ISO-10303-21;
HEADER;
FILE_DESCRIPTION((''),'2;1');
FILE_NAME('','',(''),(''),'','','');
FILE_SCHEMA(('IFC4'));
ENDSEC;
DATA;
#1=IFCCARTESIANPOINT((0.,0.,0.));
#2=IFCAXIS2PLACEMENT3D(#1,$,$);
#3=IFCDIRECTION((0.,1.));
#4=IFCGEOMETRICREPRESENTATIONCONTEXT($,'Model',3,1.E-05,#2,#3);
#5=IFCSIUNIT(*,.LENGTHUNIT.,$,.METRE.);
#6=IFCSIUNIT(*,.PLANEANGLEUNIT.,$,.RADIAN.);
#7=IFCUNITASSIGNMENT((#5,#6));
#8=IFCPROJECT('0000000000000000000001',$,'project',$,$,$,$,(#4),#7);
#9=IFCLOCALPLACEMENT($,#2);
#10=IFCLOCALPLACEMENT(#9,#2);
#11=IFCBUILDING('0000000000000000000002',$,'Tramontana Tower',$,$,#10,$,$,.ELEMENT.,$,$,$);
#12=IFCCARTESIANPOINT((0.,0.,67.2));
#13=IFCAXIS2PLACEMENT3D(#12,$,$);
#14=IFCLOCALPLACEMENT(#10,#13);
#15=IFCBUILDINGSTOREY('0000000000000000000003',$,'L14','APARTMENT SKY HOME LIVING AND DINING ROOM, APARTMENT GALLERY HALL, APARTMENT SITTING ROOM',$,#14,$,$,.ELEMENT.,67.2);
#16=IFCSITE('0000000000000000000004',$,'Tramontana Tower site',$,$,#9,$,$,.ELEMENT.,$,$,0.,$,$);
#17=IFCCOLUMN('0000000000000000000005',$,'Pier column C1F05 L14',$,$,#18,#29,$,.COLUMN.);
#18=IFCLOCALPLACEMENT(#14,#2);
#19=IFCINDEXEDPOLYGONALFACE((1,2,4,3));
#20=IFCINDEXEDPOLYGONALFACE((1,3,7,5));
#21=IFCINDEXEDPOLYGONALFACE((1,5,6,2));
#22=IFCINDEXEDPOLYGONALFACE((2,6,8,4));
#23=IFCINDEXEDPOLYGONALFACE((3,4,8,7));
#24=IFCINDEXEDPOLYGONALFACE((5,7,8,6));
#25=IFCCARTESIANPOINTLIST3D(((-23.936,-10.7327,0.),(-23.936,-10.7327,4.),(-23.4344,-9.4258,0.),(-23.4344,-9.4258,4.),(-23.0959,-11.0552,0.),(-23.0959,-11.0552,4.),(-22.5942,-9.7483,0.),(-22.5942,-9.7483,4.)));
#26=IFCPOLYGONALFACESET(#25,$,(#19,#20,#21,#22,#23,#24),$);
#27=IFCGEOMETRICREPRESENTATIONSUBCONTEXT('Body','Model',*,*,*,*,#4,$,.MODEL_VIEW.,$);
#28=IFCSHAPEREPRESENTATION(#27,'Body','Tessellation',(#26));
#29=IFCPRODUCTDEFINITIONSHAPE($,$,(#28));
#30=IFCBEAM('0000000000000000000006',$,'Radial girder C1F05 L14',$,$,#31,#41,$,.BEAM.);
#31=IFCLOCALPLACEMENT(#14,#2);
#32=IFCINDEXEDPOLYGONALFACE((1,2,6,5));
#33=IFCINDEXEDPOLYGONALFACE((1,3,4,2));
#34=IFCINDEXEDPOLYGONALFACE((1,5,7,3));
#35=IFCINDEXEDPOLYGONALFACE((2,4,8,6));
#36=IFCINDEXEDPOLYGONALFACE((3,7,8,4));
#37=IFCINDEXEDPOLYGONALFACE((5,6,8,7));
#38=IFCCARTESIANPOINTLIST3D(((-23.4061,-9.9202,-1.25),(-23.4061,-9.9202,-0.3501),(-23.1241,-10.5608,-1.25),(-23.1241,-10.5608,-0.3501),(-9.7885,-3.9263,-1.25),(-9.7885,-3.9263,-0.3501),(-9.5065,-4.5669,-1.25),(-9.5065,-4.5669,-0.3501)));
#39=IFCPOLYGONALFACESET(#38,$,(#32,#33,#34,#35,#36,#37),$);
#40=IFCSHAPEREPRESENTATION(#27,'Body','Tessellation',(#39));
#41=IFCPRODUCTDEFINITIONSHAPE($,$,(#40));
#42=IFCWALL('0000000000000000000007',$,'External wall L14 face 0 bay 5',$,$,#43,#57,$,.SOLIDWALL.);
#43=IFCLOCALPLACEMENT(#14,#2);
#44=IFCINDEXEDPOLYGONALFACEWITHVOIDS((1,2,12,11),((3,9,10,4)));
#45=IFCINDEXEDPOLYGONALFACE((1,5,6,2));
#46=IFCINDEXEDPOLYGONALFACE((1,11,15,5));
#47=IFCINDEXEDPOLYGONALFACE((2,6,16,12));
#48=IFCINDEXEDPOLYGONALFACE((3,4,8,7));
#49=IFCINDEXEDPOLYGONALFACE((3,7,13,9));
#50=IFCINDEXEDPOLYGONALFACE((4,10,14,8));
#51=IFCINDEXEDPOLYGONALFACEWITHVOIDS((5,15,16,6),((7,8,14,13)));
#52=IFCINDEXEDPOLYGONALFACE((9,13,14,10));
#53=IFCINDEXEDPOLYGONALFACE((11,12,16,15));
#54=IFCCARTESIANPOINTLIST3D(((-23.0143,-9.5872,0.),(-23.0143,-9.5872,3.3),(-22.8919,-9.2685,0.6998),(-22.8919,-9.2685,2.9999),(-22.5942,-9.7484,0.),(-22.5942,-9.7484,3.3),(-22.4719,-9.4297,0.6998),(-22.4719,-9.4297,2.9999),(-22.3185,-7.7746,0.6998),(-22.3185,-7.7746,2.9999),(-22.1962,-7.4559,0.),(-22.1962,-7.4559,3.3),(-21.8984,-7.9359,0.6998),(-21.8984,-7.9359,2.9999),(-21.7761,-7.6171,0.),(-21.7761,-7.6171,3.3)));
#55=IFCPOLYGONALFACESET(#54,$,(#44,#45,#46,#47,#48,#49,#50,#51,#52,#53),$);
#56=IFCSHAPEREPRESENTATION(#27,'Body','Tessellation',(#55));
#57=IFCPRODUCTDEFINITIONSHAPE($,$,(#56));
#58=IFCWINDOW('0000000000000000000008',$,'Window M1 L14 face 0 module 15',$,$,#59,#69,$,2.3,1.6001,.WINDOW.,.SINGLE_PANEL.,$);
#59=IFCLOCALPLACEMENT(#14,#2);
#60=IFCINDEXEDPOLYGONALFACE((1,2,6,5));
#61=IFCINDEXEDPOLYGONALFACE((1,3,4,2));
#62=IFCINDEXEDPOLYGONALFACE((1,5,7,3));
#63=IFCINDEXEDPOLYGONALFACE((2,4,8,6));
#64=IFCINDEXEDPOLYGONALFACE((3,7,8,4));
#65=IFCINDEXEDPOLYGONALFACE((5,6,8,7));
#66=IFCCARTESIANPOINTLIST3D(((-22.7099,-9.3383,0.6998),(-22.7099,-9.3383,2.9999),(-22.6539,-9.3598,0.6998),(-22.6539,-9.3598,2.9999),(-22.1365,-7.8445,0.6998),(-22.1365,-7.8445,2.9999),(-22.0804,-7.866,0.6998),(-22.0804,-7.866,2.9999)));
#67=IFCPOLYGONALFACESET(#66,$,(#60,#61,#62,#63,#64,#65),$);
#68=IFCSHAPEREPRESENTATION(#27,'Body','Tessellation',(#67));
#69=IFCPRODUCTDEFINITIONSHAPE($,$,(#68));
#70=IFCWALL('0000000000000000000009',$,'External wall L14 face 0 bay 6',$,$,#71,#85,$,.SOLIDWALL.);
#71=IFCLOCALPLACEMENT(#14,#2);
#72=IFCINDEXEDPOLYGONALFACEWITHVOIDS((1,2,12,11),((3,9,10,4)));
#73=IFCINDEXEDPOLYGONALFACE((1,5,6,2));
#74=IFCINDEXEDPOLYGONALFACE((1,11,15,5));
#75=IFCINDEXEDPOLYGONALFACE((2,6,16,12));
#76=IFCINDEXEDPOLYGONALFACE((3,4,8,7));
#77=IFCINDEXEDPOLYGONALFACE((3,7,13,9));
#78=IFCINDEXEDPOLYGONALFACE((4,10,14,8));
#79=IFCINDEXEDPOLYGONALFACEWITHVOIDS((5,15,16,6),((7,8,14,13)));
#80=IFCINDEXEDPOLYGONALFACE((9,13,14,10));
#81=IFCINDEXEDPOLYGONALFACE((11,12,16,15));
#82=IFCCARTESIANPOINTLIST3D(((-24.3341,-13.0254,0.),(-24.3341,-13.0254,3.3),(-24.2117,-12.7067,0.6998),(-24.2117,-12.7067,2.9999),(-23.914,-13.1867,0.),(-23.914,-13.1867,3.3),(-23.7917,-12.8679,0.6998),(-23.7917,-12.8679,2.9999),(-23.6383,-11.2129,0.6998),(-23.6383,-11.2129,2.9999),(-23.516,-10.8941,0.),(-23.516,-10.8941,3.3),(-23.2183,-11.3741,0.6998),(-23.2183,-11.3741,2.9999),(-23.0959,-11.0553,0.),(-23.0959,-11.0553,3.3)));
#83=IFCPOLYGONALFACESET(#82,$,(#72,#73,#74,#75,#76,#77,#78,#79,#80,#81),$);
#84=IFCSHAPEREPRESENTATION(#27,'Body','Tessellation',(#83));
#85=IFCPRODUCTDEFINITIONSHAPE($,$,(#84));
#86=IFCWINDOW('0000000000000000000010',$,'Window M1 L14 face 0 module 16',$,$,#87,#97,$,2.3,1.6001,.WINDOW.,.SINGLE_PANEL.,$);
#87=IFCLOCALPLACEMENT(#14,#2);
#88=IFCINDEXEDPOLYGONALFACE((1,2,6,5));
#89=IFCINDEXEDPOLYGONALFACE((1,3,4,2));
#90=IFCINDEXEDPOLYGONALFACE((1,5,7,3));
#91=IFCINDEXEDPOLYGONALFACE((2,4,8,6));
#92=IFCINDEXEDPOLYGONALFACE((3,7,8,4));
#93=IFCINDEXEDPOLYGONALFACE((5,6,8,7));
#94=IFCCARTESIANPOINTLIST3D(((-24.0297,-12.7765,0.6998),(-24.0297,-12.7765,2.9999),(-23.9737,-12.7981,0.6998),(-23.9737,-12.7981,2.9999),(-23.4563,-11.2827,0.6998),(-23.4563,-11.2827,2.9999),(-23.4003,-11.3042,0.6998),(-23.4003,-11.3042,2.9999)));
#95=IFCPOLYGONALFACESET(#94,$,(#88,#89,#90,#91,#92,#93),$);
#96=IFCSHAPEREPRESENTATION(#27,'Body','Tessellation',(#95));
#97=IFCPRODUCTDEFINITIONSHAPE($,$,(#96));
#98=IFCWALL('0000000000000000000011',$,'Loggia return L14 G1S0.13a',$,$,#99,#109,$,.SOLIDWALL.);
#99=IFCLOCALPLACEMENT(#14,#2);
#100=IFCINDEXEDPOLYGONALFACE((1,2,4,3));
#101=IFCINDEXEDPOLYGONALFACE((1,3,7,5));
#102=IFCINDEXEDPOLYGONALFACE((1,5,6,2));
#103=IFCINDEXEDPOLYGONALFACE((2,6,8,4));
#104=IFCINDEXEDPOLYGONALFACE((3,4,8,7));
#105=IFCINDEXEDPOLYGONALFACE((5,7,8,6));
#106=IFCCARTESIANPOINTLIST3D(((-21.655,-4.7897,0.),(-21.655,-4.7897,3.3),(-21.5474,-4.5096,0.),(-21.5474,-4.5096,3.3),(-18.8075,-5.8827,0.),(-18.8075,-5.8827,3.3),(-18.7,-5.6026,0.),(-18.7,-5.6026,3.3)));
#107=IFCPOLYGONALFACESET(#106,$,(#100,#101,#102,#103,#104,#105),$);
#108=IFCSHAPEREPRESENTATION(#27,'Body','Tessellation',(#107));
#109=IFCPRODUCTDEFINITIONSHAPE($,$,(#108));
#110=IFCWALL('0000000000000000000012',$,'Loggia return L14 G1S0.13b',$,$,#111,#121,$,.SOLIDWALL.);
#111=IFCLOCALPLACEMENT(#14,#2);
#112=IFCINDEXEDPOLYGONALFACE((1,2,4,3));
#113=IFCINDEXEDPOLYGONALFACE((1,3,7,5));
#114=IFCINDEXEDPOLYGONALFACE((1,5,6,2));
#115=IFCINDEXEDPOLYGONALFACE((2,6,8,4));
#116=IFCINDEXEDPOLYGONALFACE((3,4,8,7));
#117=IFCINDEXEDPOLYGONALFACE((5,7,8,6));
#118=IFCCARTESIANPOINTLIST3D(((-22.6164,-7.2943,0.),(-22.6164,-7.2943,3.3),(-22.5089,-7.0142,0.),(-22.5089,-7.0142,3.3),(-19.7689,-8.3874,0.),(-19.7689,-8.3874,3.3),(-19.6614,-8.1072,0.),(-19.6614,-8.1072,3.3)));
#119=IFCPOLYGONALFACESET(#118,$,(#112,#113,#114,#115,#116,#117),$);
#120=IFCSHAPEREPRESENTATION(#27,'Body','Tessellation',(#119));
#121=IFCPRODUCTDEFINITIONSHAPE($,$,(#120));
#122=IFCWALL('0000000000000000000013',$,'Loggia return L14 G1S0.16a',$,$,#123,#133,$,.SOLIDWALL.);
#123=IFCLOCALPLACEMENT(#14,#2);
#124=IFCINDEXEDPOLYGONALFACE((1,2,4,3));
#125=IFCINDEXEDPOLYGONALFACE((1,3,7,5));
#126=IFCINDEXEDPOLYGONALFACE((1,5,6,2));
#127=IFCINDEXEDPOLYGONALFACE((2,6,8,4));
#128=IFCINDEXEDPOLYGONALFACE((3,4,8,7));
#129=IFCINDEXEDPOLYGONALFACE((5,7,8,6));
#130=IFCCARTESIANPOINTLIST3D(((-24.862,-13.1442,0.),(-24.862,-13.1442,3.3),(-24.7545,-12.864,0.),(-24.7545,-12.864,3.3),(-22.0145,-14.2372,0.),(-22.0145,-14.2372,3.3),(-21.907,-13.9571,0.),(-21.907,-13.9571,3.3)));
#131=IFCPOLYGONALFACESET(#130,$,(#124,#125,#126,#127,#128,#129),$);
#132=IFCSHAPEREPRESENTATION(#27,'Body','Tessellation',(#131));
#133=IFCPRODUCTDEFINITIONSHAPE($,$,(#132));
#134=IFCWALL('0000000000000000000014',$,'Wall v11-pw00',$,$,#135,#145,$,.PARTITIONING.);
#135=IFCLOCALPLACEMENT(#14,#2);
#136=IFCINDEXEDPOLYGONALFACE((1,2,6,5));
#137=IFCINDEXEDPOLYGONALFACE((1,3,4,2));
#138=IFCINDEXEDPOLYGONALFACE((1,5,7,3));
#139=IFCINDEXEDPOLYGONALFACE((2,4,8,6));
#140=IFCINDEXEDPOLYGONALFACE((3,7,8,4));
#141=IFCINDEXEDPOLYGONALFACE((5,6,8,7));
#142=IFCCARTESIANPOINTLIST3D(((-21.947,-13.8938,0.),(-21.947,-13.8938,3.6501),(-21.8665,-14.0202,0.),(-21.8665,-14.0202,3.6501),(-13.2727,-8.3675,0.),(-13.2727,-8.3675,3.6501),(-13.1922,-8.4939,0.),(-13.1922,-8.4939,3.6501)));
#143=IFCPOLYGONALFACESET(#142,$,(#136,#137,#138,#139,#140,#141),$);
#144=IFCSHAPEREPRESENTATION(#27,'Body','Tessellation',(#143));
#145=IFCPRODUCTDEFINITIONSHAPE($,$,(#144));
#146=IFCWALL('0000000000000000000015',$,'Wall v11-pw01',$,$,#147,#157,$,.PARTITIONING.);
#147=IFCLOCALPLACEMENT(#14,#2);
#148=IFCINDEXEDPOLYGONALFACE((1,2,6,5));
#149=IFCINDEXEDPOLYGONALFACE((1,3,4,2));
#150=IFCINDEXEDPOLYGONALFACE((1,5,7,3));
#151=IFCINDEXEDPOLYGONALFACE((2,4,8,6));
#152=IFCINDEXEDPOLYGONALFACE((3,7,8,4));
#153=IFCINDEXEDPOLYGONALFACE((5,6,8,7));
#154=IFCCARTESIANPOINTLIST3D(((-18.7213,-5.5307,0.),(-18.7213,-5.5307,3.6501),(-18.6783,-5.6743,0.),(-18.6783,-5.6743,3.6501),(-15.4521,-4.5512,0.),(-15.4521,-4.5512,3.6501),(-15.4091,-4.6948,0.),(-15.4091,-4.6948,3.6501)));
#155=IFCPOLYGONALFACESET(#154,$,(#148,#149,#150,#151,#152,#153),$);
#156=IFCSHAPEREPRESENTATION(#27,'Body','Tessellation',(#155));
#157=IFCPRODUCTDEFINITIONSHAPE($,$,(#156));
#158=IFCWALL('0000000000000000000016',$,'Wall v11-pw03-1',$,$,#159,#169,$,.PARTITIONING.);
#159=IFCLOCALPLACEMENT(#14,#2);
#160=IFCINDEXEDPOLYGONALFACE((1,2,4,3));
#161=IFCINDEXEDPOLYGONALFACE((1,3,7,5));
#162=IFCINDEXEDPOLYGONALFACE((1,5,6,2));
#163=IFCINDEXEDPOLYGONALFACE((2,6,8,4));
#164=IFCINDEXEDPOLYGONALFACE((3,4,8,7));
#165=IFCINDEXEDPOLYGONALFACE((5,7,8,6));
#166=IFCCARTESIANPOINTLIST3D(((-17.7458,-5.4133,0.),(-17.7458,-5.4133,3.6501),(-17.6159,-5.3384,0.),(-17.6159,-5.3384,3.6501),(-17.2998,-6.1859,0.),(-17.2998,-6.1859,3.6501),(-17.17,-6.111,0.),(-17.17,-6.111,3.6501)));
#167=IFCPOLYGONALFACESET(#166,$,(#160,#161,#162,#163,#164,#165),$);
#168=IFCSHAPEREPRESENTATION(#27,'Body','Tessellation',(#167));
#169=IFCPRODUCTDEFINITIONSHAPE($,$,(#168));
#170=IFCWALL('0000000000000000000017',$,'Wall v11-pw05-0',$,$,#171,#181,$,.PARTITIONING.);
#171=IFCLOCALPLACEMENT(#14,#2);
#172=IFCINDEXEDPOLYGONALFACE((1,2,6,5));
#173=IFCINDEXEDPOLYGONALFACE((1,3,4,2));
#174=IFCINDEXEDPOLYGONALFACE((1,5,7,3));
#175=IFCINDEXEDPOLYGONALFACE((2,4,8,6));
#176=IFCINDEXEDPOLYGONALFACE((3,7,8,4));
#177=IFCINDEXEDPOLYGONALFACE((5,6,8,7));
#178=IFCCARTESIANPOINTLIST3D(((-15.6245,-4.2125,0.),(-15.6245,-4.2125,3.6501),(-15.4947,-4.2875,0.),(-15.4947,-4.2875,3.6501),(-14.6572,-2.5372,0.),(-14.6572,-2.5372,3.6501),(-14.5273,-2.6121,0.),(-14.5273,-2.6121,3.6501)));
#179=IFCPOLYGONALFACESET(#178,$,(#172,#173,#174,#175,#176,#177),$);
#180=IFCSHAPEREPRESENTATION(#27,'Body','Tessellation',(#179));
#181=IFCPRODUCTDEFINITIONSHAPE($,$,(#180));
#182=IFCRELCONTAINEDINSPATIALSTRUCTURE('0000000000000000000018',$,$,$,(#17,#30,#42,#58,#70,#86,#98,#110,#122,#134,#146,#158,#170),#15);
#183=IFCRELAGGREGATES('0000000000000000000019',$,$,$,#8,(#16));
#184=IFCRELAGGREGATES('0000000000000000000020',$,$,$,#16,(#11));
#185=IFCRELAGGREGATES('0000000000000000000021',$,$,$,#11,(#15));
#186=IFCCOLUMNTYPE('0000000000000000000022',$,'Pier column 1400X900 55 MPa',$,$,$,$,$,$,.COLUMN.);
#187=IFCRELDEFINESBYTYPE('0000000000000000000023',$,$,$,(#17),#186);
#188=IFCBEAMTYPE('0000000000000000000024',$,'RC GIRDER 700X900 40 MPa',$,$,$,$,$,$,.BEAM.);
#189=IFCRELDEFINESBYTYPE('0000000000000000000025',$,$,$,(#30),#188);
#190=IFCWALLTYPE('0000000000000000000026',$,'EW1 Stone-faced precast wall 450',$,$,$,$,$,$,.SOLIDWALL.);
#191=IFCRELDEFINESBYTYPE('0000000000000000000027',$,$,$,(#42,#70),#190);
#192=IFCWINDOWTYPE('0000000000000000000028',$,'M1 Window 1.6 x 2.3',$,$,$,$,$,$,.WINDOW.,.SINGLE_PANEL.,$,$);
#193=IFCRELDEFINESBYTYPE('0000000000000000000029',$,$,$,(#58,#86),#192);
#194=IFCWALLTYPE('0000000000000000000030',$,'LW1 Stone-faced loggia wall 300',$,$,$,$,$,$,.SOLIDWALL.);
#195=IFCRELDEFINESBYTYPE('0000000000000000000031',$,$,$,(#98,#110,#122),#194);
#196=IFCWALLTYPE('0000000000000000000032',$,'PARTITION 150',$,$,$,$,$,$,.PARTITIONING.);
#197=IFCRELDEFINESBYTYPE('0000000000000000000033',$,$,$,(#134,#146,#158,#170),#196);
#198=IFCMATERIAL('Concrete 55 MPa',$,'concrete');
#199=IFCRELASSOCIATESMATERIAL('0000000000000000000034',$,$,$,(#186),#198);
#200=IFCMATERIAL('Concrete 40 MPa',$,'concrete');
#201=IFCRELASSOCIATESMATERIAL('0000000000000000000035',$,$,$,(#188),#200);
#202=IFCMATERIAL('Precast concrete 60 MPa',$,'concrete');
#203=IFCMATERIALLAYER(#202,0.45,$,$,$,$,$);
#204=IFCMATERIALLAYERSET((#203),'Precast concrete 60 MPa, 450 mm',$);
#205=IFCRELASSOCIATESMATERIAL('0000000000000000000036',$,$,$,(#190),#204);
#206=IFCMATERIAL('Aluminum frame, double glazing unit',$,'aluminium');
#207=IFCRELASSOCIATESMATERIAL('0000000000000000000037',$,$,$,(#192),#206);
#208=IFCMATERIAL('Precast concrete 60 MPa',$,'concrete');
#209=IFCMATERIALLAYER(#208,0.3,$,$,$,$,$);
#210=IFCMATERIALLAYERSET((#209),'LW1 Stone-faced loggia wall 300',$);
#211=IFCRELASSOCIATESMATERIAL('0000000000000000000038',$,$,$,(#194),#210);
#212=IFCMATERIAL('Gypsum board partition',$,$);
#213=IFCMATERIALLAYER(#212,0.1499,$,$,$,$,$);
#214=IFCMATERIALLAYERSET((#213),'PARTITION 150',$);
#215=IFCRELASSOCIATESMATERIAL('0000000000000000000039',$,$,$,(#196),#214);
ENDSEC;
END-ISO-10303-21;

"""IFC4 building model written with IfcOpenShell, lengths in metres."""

from ifc_helpers import new_model, si_unit, direction, frame, frame_2d, origin, origin_2d, place, context, subcontext, project, spatial, rectangle, extrude, material, layer, layer_set, material_profile, profile_set, type_object, element, fill, save


model = new_model("IFC4")

# Units and contexts
model_context = context("Model", 3, precision=1e-05, world=origin(), true_north=direction((0.0, 1.0)))
body_context = subcontext(model_context, "Body", "Model", "MODEL_VIEW")
ifc_project = project(units=[si_unit("LENGTHUNIT", "METRE"), si_unit("PLANEANGLEUNIT", "RADIAN")], contexts=[model_context])

# Site, building, storey
site_placement = place(None, origin())
site = spatial("IfcSite", under=ifc_project, at=site_placement, Name="Tramontana Tower site", CompositionType="ELEMENT", RefElevation=0.0)
building_placement = place(site_placement, origin())
building = spatial("IfcBuilding", under=site, at=building_placement, Name="Tramontana Tower", CompositionType="ELEMENT")
storey_placement = place(building_placement, frame((0.0, 0.0, 67.2)))
storey = spatial("IfcBuildingStorey", under=building, at=storey_placement, Name="L14", Description="APARTMENT SKY HOME LIVING AND DINING ROOM, APARTMENT GALLERY HALL, APARTMENT SITTING ROOM", CompositionType="ELEMENT", Elevation=67.2)

# Column
ifc_material_1 = material(Name="Concrete 55 MPa", Category="concrete")
ifc_material_profile_1 = material_profile(ifc_material_1, rectangle(XDim=1.3999, YDim=0.8999, at=origin_2d()), Name="Pier column 1400X900 55 MPa")
ifc_profile_set_1 = profile_set([ifc_material_profile_1], Name="Concrete 55 MPa")
column_type = type_object("IfcColumnType", Name="Pier column 1400X900 55 MPa", PredefinedType="COLUMN", material=ifc_profile_set_1)
column_placement = place(storey_placement, frame((-23.2651, -10.2405, 0.0), z_axis=(0.0, 0.0, 1.0), x_axis=(-0.358368, -0.93358, 0.0)))
element("IfcColumn", 1, at=column_placement, inside=storey, type_object=column_type, Name="Pier column C1F05 L14", PredefinedType="COLUMN", context=body_context, shape_type="SweptSolid", body=[
    extrude(rectangle(XDim=1.3999, YDim=0.8999, at=origin_2d()), origin(), (0.0, 0.0, 1.0), 4.0),
])

# Beam
ifc_material_2 = material(Name="Concrete 40 MPa", Category="concrete")
ifc_material_profile_2 = material_profile(ifc_material_2, rectangle(XDim=0.7, YDim=0.8999, at=origin_2d()), Name="RC GIRDER 700X900 40 MPa")
ifc_profile_set_2 = profile_set([ifc_material_profile_2], Name="Concrete 40 MPa")
beam_type = type_object("IfcBeamType", Name="RC GIRDER 700X900 40 MPa", PredefinedType="BEAM", material=ifc_profile_set_2)
beam_placement = place(storey_placement, frame((-23.2651, -10.2405, -0.8), z_axis=(0.915263, 0.402858, 0.0), x_axis=(-0.402858, 0.915263, 0.0)))
element("IfcBeam", 2, at=beam_placement, inside=storey, type_object=beam_type, Name="Radial girder C1F05 L14", PredefinedType="BEAM", context=body_context, shape_type="SweptSolid", body=[
    extrude(rectangle(XDim=0.7, YDim=0.8999, at=origin_2d()), origin(), (0.0, 0.0, 1.0), 14.8784),
])

# Walls, openings, windows
ifc_material_3 = material(Name="Precast concrete 60 MPa", Category="concrete")
ifc_layer_1 = layer(ifc_material_3, 0.45)
ifc_layer_set_1 = layer_set([ifc_layer_1], Name="Precast concrete 60 MPa, 450 mm")
wall_type_1 = type_object("IfcWallType", Name="EW1 Stone-faced precast wall 450", PredefinedType="SOLIDWALL", material=ifc_layer_set_1)
wall_1_placement = place(storey_placement, frame((-21.9861, -7.5364, 0.0), z_axis=(0.0, 0.0, 1.0), x_axis=(-0.358356, -0.933585, 0.0)))
wall_1 = element("IfcWall", 3, at=wall_1_placement, inside=storey, type_object=wall_type_1, Name="External wall L14 face 0 bay 5", PredefinedType="SOLIDWALL", context=body_context, shape_type="SweptSolid", body=[
    extrude(rectangle(XDim=2.283, YDim=0.45, at=frame_2d((1.1416, 0.0))), origin(), (0.0, 0.0, 1.0), 3.3),
])
opening_1_placement = place(wall_1_placement, frame((0.3416, 0.0, 0.7)))
opening_1 = element("IfcOpeningElement", 4, at=opening_1_placement, cuts=wall_1, PredefinedType="OPENING", context=body_context, shape_type="SweptSolid", body=[
    extrude(rectangle(XDim=1.6001, YDim=2.3, at=frame_2d((0.8, 1.1499))), frame((0.0, 0.2349, 0.0), z_axis=(0.0, -1.0, 0.0), x_axis=(1.0, 0.0, 0.0)), (0.0, 0.0, 1.0), 0.47),
])
ifc_material_4 = material(Name="Aluminum frame, double glazing unit", Category="aluminium")
window_type = type_object("IfcWindowType", Name="M1 Window 1.6 x 2.3", PartitioningType="SINGLE_PANEL", PredefinedType="WINDOW", material=ifc_material_4)
window_1_placement = place(opening_1_placement, origin())
window_1 = element("IfcWindow", 5, at=window_1_placement, inside=storey, type_object=window_type, Name="Window M1 L14 face 0 module 15", OverallHeight=2.3, OverallWidth=1.6001, PartitioningType="SINGLE_PANEL", PredefinedType="WINDOW", context=body_context, shape_type="SweptSolid", body=[
    extrude(rectangle(XDim=1.6001, YDim=2.3, at=frame_2d((0.8, 1.1499))), frame((0.0, 0.03, 0.0), z_axis=(0.0, -1.0, 0.0), x_axis=(1.0, 0.0, 0.0)), (0.0, 0.0, 1.0), 0.0601),
])
fill(opening_1, window_1)
wall_2_placement = place(storey_placement, frame((-23.3059, -10.9746, 0.0), z_axis=(0.0, 0.0, 1.0), x_axis=(-0.358356, -0.933585, 0.0)))
wall_2 = element("IfcWall", 6, at=wall_2_placement, inside=storey, type_object=wall_type_1, Name="External wall L14 face 0 bay 6", PredefinedType="SOLIDWALL", context=body_context, shape_type="SweptSolid", body=[
    extrude(rectangle(XDim=2.283, YDim=0.45, at=frame_2d((1.1416, 0.0))), origin(), (0.0, 0.0, 1.0), 3.3),
])
opening_2_placement = place(wall_2_placement, frame((0.3416, 0.0, 0.7)))
opening_2 = element("IfcOpeningElement", 7, at=opening_2_placement, cuts=wall_2, PredefinedType="OPENING", context=body_context, shape_type="SweptSolid", body=[
    extrude(rectangle(XDim=1.6001, YDim=2.3, at=frame_2d((0.8, 1.1499))), frame((0.0, 0.2349, 0.0), z_axis=(0.0, -1.0, 0.0), x_axis=(1.0, 0.0, 0.0)), (0.0, 0.0, 1.0), 0.47),
])
window_2_placement = place(opening_2_placement, origin())
window_2 = element("IfcWindow", 8, at=window_2_placement, inside=storey, type_object=window_type, Name="Window M1 L14 face 0 module 16", OverallHeight=2.3, OverallWidth=1.6001, PartitioningType="SINGLE_PANEL", PredefinedType="WINDOW", context=body_context, shape_type="SweptSolid", body=[
    extrude(rectangle(XDim=1.6001, YDim=2.3, at=frame_2d((0.8, 1.1499))), frame((0.0, 0.03, 0.0), z_axis=(0.0, -1.0, 0.0), x_axis=(1.0, 0.0, 0.0)), (0.0, 0.0, 1.0), 0.0601),
])
fill(opening_2, window_2)

# Shared definitions
ifc_material_5 = material(Name="Precast concrete 60 MPa", Category="concrete")
ifc_layer_2 = layer(ifc_material_5, 0.3)
ifc_layer_set_2 = layer_set([ifc_layer_2], Name="LW1 Stone-faced loggia wall 300")
wall_type_2 = type_object("IfcWallType", Name="LW1 Stone-faced loggia wall 300", PredefinedType="SOLIDWALL", material=ifc_layer_set_2)

# Walls
for number, where, z_axis, x_axis, name in (
    (9, (-21.6011, -4.6497, 0.0), (0.0, 0.0, 1.0), (0.933581, -0.358368, 0.0), "Loggia return L14 G1S0.13a"),
    (10, (-22.5625, -7.1543, 0.0), (0.0, 0.0, 1.0), (0.933581, -0.358368, 0.0), "Loggia return L14 G1S0.13b"),
):
    element("IfcWall", number, at=place(storey_placement, frame(where, z_axis=z_axis, x_axis=x_axis)), inside=storey, type_object=wall_type_2, Name=name, PredefinedType="SOLIDWALL", context=body_context, shape_type="SweptSolid", body=[
        extrude(rectangle(XDim=3.05, YDim=0.3, at=frame_2d((1.5249, 0.0))), origin(), (0.0, 0.0, 1.0), 3.3),
    ])

# Walls
wall_3_placement = place(storey_placement, frame((-24.8081, -13.0042, 0.0), z_axis=(0.0, 0.0, 1.0), x_axis=(0.933581, -0.358368, 0.0)))
element("IfcWall", 11, at=wall_3_placement, inside=storey, type_object=wall_type_2, Name="Loggia return L14 G1S0.16a", PredefinedType="SOLIDWALL", context=body_context, shape_type="SweptSolid", body=[
    extrude(rectangle(XDim=3.05, YDim=0.3, at=frame_2d((1.5249, 0.0))), origin(), (0.0, 0.0, 1.0), 3.3),
])
ifc_material_6 = material(Name="Gypsum board partition")
ifc_layer_3 = layer(ifc_material_6, 0.1499)
ifc_layer_set_3 = layer_set([ifc_layer_3], Name="PARTITION 150")
wall_type_3 = type_object("IfcWallType", Name="PARTITION 150", PredefinedType="PARTITIONING", material=ifc_layer_set_3)
wall_4_placement = place(storey_placement, frame((-21.9067, -13.957, 0.0), z_axis=(0.0, 0.0, 1.0), x_axis=(0.843382, 0.537315, 0.0)))
element("IfcWall", 12, at=wall_4_placement, inside=storey, type_object=wall_type_3, Name="Wall v11-pw00", PredefinedType="PARTITIONING", context=body_context, shape_type="SweptSolid", body=[
    extrude(rectangle(XDim=10.2852, YDim=0.1499, at=frame_2d((5.1426, 0.0))), origin(), (0.0, 0.0, 1.0), 3.6501),
])
wall_5_placement = place(storey_placement, frame((-18.7, -5.6025, 0.0), z_axis=(0.0, 0.0, 1.0), x_axis=(0.957931, 0.287, 0.0)))
element("IfcWall", 13, at=wall_5_placement, inside=storey, type_object=wall_type_3, Name="Wall v11-pw01", PredefinedType="PARTITIONING", context=body_context, shape_type="SweptSolid", body=[
    extrude(rectangle(XDim=3.4128, YDim=0.1499, at=frame_2d((1.7065, 0.0))), origin(), (0.0, 0.0, 1.0), 3.6501),
])

# Walls
wall_6_placement = place(storey_placement, frame((-17.2349, -6.1484, 0.0), z_axis=(0.0, 0.0, 1.0), x_axis=(-0.499936, 0.866063, 0.0)))
element("IfcWall", 14, at=wall_6_placement, inside=storey, type_object=wall_type_3, Name="Wall v11-pw03-1", PredefinedType="PARTITIONING", context=body_context, shape_type="SweptSolid", body=[
    extrude(rectangle(XDim=0.8921, YDim=0.1499, at=frame_2d((0.446, 0.0))), origin(), (0.0, 0.0, 1.0), 3.6501),
])
wall_7_placement = place(storey_placement, frame((-15.5596, -4.25, 0.0), z_axis=(0.0, 0.0, 1.0), x_axis=(0.500021, 0.866013, 0.0)))
element("IfcWall", 15, at=wall_7_placement, inside=storey, type_object=wall_type_3, Name="Wall v11-pw05-0", PredefinedType="PARTITIONING", context=body_context, shape_type="SweptSolid", body=[
    extrude(rectangle(XDim=1.9346, YDim=0.1499, at=frame_2d((0.9673, 0.0))), origin(), (0.0, 0.0, 1.0), 3.6501),
])

save(model, "model.ifc")
